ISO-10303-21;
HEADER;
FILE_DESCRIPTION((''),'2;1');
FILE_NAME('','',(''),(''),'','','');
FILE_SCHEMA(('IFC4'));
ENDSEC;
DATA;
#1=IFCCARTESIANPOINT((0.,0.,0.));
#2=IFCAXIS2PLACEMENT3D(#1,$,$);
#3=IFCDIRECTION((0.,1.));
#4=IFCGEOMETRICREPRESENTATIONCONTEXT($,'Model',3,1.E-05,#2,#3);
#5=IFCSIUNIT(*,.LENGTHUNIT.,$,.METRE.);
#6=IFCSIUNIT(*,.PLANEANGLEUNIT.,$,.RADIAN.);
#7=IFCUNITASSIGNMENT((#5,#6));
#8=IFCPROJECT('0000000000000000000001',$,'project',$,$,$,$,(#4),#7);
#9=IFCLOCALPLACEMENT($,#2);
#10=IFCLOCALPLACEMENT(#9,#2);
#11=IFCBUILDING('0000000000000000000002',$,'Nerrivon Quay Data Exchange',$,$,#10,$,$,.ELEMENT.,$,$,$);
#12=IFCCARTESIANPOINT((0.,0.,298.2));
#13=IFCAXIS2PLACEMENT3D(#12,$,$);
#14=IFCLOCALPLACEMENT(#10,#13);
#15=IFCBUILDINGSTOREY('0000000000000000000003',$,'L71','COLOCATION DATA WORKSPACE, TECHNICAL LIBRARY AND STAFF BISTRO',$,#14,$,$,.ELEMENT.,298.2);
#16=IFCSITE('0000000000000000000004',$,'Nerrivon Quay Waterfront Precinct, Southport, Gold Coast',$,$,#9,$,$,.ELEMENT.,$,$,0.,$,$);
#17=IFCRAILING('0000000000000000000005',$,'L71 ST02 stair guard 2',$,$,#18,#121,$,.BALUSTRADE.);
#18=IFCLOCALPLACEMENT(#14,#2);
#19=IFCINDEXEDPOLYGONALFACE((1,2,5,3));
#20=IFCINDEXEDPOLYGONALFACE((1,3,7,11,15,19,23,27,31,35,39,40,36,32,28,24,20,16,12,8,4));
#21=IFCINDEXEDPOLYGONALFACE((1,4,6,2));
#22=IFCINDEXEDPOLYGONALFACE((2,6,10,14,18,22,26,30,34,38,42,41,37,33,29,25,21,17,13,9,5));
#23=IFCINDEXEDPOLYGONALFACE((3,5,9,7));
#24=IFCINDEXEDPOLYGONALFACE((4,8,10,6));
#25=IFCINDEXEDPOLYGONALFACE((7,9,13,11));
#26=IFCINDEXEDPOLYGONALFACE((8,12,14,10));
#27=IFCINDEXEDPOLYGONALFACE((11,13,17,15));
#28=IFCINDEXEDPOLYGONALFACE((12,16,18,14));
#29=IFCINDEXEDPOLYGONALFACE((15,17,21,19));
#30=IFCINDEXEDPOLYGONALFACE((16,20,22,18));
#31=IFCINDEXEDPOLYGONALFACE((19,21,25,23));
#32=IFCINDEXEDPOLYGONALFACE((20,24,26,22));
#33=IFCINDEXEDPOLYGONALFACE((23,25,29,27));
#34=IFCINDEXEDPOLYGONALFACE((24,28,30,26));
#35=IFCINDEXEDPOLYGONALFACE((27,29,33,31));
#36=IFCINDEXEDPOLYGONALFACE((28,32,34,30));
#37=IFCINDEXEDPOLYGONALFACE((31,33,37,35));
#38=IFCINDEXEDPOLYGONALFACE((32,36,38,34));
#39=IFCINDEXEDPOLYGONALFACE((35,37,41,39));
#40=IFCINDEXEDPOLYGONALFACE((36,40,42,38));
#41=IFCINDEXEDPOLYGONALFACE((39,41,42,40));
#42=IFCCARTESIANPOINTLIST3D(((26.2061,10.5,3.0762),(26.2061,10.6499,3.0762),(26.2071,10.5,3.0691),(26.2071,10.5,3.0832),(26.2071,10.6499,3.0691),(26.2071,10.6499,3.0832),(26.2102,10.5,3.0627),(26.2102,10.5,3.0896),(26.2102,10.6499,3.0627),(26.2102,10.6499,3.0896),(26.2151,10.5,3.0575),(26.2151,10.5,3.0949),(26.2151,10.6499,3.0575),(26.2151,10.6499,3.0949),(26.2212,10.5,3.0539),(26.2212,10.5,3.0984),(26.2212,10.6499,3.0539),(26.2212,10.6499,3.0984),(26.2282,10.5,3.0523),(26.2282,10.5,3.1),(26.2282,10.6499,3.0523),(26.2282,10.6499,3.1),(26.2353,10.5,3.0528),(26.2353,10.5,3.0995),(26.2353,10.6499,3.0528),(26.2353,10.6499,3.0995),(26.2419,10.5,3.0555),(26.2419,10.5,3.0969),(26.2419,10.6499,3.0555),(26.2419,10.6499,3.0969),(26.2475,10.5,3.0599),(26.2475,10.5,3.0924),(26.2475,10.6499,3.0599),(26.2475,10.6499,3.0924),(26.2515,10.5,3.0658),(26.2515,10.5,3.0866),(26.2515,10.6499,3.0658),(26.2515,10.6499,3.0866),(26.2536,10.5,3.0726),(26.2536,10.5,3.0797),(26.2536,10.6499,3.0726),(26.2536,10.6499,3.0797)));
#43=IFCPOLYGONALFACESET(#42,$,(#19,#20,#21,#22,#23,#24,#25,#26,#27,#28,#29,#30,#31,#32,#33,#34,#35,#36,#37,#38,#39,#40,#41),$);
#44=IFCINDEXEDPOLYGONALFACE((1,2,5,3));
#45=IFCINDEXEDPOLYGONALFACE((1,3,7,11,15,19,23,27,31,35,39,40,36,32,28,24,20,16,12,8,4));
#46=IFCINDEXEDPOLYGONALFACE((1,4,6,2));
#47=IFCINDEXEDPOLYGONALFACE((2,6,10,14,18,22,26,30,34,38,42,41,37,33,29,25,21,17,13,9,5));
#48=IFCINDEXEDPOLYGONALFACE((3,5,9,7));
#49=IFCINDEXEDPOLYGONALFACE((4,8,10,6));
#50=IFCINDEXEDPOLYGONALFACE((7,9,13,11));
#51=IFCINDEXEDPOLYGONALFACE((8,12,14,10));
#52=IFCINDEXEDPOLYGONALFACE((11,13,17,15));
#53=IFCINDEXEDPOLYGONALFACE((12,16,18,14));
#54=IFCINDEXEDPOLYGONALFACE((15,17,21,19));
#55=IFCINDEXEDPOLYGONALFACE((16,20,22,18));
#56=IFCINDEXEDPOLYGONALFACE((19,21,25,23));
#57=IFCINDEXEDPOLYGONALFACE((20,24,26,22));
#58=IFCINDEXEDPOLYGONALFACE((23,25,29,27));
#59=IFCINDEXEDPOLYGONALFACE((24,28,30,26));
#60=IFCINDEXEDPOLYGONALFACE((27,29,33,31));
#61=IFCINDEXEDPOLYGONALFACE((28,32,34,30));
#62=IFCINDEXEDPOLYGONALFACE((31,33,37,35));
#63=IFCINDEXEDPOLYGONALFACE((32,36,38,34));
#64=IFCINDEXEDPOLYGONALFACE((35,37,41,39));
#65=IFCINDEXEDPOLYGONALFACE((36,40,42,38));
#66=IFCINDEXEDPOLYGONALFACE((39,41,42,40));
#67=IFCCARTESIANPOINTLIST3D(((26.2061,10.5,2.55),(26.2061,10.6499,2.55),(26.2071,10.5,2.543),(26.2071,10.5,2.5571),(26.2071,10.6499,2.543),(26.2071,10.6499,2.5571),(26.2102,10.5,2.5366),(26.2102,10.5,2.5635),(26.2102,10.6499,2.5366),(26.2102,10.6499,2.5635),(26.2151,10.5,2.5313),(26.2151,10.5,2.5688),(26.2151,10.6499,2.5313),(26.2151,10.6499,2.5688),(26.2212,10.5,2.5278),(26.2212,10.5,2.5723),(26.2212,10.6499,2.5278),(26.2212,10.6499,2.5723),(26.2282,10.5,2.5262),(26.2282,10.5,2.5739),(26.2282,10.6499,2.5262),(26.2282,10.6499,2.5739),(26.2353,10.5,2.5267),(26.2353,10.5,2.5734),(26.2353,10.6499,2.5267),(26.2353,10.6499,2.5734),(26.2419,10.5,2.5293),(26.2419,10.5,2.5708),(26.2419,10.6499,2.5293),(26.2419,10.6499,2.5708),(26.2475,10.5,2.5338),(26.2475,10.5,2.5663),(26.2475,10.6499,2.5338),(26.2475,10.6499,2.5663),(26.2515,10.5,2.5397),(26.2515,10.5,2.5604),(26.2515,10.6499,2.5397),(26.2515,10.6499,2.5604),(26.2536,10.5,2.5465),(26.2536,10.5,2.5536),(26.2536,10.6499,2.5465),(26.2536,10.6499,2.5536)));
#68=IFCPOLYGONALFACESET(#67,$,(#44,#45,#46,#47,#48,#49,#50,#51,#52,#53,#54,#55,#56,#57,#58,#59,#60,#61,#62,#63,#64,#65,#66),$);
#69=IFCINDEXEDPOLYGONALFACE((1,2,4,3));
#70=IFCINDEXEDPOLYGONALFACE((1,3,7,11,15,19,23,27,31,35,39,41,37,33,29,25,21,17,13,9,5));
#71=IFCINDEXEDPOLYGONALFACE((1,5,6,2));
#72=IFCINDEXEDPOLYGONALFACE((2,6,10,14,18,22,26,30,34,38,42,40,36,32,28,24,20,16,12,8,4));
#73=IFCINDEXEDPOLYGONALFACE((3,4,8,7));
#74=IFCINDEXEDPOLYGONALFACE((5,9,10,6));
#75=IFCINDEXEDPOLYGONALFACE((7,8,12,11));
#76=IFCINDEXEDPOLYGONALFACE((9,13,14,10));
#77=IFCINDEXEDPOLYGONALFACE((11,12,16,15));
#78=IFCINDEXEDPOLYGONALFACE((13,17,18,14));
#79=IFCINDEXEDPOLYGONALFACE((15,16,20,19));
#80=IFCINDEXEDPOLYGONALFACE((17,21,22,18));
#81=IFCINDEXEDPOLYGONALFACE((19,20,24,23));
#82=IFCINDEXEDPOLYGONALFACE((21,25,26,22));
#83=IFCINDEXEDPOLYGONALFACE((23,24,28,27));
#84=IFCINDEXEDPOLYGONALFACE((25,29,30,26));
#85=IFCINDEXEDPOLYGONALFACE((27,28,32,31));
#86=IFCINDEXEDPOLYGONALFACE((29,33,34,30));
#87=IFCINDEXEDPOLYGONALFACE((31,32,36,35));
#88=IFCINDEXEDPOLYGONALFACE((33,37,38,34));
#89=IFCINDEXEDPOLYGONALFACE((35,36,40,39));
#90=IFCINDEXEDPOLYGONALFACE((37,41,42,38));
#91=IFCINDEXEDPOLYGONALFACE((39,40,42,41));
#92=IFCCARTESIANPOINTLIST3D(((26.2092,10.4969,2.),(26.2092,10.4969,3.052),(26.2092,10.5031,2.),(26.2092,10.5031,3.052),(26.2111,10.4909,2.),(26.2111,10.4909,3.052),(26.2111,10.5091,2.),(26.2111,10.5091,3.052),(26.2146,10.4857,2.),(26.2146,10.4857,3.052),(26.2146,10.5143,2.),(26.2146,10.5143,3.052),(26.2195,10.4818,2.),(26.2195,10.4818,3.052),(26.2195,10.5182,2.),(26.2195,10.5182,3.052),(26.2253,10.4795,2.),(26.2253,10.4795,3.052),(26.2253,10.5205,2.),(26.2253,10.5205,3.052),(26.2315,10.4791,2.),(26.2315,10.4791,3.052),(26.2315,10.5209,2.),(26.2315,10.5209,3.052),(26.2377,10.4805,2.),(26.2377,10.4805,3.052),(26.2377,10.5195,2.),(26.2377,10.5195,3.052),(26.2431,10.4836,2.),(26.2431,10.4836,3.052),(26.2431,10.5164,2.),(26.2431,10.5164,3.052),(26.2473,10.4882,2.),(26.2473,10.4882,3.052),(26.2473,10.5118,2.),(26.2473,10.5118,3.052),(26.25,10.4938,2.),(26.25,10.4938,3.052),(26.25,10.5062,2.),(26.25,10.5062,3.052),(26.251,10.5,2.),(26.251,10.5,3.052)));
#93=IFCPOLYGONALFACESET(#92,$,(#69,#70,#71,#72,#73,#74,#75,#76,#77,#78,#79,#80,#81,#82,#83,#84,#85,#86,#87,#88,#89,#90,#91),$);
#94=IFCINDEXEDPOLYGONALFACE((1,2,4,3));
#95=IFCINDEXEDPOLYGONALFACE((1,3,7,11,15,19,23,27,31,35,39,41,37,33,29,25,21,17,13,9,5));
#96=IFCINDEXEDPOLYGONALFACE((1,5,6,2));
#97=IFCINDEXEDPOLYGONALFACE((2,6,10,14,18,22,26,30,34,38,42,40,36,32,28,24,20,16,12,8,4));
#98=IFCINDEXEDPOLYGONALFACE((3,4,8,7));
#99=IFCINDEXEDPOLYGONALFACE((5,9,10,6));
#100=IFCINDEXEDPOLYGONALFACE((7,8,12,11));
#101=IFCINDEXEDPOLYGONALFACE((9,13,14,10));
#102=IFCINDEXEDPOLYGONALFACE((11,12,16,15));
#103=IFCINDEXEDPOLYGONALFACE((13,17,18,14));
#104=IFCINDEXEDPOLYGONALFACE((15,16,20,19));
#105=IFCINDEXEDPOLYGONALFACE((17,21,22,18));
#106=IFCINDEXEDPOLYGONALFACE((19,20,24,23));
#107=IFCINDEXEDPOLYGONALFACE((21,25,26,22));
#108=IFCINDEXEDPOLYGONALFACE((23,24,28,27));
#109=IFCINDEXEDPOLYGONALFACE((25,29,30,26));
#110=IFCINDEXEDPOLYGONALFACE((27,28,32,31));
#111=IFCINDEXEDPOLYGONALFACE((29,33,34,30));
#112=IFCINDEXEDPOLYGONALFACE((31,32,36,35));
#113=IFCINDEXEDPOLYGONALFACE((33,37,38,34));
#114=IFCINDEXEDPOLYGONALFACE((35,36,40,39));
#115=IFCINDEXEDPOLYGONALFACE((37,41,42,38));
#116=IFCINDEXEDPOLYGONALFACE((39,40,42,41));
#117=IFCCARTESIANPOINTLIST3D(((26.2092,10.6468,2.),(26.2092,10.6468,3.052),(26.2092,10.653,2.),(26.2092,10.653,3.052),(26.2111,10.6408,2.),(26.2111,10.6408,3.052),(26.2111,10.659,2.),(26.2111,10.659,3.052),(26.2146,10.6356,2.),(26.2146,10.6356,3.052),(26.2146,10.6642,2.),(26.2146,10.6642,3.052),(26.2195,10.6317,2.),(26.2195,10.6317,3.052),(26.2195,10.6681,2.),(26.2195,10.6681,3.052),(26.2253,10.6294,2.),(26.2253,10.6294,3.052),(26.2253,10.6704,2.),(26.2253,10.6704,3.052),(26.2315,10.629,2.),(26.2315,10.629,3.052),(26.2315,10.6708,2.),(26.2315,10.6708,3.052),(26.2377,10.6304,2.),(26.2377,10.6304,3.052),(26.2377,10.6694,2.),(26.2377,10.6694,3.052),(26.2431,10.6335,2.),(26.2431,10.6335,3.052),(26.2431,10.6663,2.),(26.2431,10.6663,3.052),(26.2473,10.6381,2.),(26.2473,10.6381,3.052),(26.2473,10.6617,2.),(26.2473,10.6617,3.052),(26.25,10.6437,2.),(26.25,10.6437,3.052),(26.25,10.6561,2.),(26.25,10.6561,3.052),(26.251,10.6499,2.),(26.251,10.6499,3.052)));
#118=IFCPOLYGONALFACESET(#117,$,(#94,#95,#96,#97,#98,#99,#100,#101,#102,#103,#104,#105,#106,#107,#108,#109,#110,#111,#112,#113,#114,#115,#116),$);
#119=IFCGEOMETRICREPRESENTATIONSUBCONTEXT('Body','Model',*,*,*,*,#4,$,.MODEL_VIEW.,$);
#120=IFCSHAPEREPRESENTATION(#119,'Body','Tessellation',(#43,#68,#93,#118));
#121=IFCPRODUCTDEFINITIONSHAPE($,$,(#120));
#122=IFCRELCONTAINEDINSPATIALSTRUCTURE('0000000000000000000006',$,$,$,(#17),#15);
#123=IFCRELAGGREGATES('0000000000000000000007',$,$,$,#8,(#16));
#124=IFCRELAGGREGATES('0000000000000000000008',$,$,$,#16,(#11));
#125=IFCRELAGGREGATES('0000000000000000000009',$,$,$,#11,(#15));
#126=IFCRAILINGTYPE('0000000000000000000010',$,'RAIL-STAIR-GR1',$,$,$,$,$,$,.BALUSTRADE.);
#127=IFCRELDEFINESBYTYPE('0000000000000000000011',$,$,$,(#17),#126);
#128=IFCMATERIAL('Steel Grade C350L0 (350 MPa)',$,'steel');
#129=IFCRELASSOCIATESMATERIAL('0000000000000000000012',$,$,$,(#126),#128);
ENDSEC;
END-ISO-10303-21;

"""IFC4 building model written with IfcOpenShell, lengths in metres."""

from ifc_helpers import new_model, si_unit, direction, frame, origin, origin_2d, place, context, subcontext, project, spatial, circle, extrude, material, type_object, element, save


model = new_model("IFC4")

# Units and contexts
model_context = context("Model", 3, precision=1e-05, world=origin(), true_north=direction((0.0, 1.0)))
body_context = subcontext(model_context, "Body", "Model", "MODEL_VIEW")
ifc_project = project(units=[si_unit("LENGTHUNIT", "METRE"), si_unit("PLANEANGLEUNIT", "RADIAN")], contexts=[model_context])

# Site, building, storey
site_placement = place(None, origin())
site = spatial("IfcSite", under=ifc_project, at=site_placement, Name="Nerrivon Quay Waterfront Precinct, Southport, Gold Coast", CompositionType="ELEMENT", RefElevation=0.0)
building_placement = place(site_placement, origin())
building = spatial("IfcBuilding", under=site, at=building_placement, Name="Nerrivon Quay Data Exchange", CompositionType="ELEMENT")
storey_placement = place(building_placement, frame((0.0, 0.0, 298.2)))
storey = spatial("IfcBuildingStorey", under=building, at=storey_placement, Name="L71", Description="COLOCATION DATA WORKSPACE, TECHNICAL LIBRARY AND STAFF BISTRO", CompositionType="ELEMENT", Elevation=298.2)

# Railing
ifc_material_1 = material(Name="Steel Grade C350L0 (350 MPa)", Category="steel")
railing_type_1 = type_object("IfcRailingType", Name="RAIL-STAIR-GR1", PredefinedType="BALUSTRADE", material=ifc_material_1)
railing_1_placement = place(storey_placement, frame((26.23, 10.5, 2.0)))
element("IfcRailing", 1, at=railing_1_placement, inside=storey, type_object=railing_type_1, Name="L71 ST02 stair guard 2", PredefinedType="BALUSTRADE", context=body_context, shape_type="SweptSolid", body=[
    extrude(circle(Radius=0.0239, at=origin_2d()), frame((0.0, 0.0, 1.0762), z_axis=(0.0, 1.0, 0.0), x_axis=(-1.0, 0.0, 0.0)), (0.0, 0.0, 1.0), 0.1499),
    extrude(circle(Radius=0.0239, at=origin_2d()), frame((0.0, 0.0, 0.55), z_axis=(0.0, 1.0, 0.0), x_axis=(-1.0, 0.0, 0.0)), (0.0, 0.0, 1.0), 0.1499),
    extrude(circle(Radius=0.021, at=origin_2d()), origin(), (0.0, 0.0, 1.0), 1.052),
    extrude(circle(Radius=0.021, at=origin_2d()), frame((0.0, 0.1499, 0.0)), (0.0, 0.0, 1.0), 1.052),
])

save(model, "model.ifc")
